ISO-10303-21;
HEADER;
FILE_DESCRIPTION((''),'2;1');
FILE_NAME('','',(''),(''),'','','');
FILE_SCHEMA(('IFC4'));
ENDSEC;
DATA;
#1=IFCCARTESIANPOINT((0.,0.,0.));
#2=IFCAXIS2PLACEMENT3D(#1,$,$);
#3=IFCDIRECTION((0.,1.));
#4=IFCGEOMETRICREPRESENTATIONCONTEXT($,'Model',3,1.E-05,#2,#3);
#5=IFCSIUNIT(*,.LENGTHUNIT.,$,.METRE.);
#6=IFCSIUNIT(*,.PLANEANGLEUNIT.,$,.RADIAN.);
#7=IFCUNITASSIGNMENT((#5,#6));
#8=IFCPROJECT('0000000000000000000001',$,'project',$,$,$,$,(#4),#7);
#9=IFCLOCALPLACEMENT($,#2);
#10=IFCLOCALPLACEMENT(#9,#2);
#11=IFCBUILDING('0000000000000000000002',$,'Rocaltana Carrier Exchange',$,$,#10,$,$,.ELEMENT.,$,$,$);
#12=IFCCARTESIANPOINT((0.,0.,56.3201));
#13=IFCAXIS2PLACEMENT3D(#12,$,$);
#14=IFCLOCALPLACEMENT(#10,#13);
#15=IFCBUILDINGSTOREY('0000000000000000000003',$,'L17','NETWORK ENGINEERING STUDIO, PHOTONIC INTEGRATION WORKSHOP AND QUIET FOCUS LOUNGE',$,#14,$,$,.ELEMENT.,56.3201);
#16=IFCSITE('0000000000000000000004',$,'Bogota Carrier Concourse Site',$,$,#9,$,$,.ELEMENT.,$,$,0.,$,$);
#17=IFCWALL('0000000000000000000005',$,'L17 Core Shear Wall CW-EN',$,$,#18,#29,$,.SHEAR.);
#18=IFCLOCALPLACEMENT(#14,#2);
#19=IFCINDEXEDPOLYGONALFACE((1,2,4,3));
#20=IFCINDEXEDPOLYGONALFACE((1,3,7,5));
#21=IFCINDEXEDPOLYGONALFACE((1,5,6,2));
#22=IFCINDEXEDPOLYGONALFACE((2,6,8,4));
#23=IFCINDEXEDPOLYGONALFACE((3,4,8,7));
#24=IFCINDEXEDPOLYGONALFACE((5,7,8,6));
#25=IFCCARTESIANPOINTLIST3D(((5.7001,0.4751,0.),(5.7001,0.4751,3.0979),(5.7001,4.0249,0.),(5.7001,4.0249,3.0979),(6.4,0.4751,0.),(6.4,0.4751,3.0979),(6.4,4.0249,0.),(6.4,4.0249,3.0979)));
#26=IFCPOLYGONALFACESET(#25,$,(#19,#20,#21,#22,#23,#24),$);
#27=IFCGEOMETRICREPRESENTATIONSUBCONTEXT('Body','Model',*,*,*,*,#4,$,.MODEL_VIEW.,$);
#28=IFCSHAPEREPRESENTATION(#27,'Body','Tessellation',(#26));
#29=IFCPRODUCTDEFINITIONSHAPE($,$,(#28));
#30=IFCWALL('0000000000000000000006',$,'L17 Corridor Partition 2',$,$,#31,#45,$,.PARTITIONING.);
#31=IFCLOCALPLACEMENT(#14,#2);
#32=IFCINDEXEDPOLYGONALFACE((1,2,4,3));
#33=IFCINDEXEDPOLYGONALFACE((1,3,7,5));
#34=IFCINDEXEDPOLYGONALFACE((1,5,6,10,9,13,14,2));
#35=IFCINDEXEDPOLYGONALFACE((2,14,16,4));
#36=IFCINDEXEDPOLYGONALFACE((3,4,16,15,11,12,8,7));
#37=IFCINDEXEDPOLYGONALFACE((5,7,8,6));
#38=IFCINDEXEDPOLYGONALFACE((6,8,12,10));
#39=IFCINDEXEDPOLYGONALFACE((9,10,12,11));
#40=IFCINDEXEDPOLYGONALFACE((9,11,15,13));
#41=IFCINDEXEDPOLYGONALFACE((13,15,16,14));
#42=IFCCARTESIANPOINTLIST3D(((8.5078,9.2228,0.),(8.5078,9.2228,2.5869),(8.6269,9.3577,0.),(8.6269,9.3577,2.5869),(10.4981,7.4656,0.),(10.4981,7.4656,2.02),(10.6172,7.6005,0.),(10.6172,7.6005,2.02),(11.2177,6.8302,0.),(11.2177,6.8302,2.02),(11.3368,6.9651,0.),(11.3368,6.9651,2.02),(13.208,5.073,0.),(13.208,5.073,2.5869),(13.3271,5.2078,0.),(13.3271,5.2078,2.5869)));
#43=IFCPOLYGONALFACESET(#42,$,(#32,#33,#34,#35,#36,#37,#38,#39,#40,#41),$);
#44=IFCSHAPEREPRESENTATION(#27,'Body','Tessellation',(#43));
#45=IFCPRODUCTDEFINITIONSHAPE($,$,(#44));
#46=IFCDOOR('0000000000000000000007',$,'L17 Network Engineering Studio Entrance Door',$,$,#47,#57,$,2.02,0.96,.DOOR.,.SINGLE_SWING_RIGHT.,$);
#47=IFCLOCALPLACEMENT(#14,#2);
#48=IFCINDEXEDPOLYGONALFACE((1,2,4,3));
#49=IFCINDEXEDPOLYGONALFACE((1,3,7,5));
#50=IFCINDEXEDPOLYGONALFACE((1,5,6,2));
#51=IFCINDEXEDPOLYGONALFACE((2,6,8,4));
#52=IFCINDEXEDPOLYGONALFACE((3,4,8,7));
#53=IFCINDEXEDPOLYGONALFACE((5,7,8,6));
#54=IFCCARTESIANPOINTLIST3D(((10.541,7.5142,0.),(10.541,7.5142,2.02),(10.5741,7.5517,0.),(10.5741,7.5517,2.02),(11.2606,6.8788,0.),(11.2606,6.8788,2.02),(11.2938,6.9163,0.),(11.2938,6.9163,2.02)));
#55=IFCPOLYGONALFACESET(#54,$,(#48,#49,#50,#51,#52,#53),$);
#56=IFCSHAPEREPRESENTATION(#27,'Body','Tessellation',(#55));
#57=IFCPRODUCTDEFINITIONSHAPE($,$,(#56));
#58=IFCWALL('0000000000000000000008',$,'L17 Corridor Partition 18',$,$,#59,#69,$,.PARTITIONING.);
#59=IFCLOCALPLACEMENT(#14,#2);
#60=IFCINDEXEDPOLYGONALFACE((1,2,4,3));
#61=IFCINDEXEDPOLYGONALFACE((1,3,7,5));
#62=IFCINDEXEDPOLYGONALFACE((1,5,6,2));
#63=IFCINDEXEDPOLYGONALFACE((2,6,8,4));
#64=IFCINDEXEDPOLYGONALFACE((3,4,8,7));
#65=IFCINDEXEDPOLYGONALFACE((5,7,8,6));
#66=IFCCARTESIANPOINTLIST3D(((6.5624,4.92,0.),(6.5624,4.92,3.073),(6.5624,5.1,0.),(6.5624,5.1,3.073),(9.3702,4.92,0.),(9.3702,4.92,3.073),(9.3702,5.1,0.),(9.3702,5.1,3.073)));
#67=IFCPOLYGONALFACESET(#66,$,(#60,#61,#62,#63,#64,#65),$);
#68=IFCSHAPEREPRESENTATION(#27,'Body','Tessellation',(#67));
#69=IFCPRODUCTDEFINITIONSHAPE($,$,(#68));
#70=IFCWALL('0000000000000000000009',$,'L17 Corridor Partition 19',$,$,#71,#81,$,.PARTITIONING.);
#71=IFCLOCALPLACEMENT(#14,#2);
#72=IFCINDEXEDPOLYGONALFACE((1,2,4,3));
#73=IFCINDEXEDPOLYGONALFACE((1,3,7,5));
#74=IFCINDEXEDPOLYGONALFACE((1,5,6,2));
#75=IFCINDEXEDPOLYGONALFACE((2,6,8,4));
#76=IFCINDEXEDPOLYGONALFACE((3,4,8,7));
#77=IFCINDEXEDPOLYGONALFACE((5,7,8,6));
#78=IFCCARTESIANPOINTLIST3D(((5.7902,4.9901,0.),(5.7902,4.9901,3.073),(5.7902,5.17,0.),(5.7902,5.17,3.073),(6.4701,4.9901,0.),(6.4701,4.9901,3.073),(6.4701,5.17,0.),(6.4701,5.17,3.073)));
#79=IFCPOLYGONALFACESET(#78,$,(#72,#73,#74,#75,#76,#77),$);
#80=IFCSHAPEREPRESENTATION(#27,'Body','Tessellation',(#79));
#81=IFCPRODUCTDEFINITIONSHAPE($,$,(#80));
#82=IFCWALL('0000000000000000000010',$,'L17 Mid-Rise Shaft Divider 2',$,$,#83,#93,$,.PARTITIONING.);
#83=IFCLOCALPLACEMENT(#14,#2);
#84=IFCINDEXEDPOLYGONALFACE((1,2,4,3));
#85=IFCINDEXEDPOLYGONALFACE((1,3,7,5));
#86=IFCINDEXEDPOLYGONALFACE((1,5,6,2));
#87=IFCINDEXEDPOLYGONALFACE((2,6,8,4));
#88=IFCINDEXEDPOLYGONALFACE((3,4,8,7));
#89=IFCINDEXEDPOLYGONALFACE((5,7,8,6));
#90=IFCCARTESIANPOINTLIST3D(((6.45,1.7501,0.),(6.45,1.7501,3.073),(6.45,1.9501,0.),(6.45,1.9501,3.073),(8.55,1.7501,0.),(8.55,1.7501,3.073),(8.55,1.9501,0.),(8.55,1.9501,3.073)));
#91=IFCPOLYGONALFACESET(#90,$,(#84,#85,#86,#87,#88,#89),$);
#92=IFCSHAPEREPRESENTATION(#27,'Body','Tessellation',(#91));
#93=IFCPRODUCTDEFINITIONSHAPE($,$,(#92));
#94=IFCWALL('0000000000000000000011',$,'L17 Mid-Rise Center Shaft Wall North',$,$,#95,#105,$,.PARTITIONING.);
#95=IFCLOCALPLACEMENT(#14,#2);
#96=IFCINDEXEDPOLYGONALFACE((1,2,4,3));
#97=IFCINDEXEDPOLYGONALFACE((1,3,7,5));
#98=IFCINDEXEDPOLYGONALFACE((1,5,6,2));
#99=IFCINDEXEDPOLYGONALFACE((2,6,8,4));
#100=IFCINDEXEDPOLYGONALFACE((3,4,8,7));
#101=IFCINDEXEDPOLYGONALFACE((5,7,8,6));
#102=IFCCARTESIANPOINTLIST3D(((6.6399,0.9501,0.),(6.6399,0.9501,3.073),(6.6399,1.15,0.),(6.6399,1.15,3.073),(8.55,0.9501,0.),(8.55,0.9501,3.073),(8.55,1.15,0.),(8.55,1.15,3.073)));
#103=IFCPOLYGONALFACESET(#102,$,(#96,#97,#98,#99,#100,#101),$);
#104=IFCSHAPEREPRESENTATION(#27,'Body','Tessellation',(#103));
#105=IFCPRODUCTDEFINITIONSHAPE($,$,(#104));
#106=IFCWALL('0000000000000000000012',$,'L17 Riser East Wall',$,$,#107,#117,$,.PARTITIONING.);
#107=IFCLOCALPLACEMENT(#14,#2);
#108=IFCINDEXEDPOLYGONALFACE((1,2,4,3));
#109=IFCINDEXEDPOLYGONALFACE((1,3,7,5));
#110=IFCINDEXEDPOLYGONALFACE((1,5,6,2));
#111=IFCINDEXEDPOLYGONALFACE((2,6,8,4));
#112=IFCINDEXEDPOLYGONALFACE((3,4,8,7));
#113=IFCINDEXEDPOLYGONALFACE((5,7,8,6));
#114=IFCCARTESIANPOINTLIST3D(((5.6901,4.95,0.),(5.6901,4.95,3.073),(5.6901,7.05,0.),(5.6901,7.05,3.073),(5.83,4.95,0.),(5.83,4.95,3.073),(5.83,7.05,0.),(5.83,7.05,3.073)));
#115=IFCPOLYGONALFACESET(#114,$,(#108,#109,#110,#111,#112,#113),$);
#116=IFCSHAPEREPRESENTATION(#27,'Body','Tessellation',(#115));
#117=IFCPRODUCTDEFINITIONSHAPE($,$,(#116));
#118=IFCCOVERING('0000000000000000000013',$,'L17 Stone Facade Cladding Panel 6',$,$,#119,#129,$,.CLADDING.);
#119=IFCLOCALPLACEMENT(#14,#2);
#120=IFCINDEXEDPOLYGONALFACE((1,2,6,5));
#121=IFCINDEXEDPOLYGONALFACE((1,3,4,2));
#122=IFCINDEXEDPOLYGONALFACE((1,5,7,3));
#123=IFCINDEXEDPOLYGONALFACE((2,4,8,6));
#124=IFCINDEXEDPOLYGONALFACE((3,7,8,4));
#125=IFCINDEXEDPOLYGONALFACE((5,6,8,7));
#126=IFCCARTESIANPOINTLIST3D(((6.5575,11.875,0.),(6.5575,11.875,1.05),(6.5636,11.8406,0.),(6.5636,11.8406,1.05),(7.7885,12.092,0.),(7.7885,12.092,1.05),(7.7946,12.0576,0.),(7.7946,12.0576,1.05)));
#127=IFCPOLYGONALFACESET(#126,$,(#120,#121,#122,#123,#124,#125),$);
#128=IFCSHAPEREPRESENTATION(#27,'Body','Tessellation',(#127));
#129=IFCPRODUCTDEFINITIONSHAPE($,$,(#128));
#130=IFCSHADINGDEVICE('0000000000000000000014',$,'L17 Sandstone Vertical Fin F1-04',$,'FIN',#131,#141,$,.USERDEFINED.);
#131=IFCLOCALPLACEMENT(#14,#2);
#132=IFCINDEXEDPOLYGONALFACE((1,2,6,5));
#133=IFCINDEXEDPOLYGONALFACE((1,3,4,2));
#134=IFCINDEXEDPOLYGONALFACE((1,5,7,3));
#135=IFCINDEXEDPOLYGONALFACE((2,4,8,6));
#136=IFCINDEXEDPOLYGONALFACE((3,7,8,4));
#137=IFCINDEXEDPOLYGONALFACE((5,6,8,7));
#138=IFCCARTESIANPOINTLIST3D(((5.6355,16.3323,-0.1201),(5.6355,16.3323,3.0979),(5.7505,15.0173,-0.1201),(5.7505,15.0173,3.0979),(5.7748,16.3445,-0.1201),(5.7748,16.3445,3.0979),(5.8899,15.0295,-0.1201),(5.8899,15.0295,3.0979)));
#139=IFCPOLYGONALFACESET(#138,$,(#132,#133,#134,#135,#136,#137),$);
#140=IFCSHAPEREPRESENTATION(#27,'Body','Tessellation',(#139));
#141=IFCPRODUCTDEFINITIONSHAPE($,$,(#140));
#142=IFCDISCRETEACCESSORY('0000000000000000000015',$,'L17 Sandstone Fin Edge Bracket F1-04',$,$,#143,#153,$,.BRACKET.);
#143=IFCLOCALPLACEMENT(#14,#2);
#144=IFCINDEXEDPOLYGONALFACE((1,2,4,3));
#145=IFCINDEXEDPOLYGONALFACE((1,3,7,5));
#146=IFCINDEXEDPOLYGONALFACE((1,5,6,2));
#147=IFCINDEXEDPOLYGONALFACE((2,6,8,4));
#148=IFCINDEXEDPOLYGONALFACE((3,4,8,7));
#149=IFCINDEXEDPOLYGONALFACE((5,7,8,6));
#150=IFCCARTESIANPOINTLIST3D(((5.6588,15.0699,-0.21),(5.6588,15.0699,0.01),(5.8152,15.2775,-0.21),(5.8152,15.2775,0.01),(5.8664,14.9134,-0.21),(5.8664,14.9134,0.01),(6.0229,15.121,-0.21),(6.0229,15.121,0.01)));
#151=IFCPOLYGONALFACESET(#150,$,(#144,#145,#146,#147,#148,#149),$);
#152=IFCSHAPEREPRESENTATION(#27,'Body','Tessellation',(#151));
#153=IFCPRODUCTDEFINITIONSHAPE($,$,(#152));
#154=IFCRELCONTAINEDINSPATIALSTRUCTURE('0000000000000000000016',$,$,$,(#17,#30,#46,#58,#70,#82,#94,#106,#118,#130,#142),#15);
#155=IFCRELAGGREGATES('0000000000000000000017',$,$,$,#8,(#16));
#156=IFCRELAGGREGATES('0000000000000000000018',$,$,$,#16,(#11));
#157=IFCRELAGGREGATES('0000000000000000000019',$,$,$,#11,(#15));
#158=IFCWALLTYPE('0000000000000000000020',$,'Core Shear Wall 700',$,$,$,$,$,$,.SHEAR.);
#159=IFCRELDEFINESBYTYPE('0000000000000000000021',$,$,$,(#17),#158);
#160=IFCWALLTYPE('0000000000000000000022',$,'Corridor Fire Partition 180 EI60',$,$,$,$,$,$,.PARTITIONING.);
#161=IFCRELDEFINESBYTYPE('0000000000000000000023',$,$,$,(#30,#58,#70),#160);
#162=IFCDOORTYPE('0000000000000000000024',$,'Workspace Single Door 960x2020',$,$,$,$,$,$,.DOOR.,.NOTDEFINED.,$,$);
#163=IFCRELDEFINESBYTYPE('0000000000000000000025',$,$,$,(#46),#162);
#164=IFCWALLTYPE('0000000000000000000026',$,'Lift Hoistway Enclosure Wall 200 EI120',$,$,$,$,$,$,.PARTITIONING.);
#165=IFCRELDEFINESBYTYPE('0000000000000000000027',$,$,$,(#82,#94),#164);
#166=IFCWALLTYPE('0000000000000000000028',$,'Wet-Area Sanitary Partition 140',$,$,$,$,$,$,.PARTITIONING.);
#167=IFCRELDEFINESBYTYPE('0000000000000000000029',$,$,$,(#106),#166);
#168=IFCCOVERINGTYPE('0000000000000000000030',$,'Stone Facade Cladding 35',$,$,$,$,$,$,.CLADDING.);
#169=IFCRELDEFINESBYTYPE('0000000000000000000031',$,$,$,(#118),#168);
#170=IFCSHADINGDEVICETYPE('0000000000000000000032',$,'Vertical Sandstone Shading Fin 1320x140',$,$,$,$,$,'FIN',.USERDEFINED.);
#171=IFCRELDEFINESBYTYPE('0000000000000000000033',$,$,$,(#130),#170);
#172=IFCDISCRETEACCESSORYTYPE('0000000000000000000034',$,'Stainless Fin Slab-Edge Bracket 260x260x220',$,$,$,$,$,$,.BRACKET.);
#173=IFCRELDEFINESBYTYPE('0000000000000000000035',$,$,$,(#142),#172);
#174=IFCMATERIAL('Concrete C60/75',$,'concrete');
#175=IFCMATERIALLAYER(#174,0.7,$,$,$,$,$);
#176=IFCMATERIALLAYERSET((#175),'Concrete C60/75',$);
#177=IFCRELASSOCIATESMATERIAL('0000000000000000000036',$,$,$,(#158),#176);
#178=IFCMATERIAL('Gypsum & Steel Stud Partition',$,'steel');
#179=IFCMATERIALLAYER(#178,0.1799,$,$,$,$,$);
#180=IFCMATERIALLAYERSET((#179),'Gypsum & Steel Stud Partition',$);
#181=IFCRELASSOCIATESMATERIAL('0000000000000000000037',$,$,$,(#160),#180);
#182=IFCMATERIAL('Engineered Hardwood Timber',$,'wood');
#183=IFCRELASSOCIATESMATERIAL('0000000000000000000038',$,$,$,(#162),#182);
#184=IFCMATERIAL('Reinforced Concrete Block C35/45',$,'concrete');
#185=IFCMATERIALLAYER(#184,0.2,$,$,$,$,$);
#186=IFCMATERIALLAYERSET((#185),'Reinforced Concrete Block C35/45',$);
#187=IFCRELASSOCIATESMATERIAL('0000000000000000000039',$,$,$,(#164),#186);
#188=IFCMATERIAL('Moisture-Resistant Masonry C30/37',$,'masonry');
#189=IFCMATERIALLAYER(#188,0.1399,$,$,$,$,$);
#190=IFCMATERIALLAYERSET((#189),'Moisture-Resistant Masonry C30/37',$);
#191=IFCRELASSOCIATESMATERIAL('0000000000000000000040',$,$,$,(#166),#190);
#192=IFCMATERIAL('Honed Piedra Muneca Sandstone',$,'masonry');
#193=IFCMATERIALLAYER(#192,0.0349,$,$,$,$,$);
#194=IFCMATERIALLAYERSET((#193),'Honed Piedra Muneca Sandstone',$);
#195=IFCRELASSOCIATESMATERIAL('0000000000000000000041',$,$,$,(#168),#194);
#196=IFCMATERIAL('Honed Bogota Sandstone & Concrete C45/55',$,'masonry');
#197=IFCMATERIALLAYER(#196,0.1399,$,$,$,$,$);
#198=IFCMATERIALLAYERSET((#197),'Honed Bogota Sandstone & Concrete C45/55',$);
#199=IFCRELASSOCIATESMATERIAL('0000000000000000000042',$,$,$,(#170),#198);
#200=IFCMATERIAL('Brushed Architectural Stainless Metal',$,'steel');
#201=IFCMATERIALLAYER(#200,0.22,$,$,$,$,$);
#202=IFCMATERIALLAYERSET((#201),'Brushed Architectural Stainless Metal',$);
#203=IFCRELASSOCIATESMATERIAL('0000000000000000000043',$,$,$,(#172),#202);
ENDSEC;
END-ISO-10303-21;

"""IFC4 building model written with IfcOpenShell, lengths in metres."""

from ifc_helpers import new_model, si_unit, direction, frame, frame_2d, origin, origin_2d, place, context, subcontext, project, spatial, rectangle, extrude, material, layer, layer_set, type_object, element, fill, save


model = new_model("IFC4")

# Units and contexts
model_context = context("Model", 3, precision=1e-05, world=origin(), true_north=direction((0.0, 1.0)))
body_context = subcontext(model_context, "Body", "Model", "MODEL_VIEW")
ifc_project = project(units=[si_unit("LENGTHUNIT", "METRE"), si_unit("PLANEANGLEUNIT", "RADIAN")], contexts=[model_context])

# Site, building, storey
site_placement = place(None, origin())
site = spatial("IfcSite", under=ifc_project, at=site_placement, Name="Bogota Carrier Concourse Site", CompositionType="ELEMENT", RefElevation=0.0)
building_placement = place(site_placement, origin())
building = spatial("IfcBuilding", under=site, at=building_placement, Name="Rocaltana Carrier Exchange", CompositionType="ELEMENT")
storey_placement = place(building_placement, frame((0.0, 0.0, 56.3201)))
storey = spatial("IfcBuildingStorey", under=building, at=storey_placement, Name="L17", Description="NETWORK ENGINEERING STUDIO, PHOTONIC INTEGRATION WORKSHOP AND QUIET FOCUS LOUNGE", CompositionType="ELEMENT", Elevation=56.3201)

# Wall
ifc_material_1 = material(Name="Concrete C60/75", Category="concrete")
ifc_layer_1 = layer(ifc_material_1, 0.7)
ifc_layer_set_1 = layer_set([ifc_layer_1], Name="Concrete C60/75")
wall_type_1 = type_object("IfcWallType", Name="Core Shear Wall 700", PredefinedType="SHEAR", material=ifc_layer_set_1)
wall_1_placement = place(storey_placement, frame((6.05, 0.4751, 0.0), z_axis=(0.0, 0.0, 1.0), x_axis=(0.0, 1.0, 0.0)))
element("IfcWall", 1, at=wall_1_placement, inside=storey, type_object=wall_type_1, Name="L17 Core Shear Wall CW-EN", PredefinedType="SHEAR", context=body_context, shape_type="SweptSolid", body=[
    extrude(rectangle(XDim=3.5498, YDim=0.7, at=frame_2d((1.7749, 0.0))), origin(), (0.0, 0.0, 1.0), 3.0979),
])

# Wall, opening, door
ifc_material_2 = material(Name="Gypsum & Steel Stud Partition", Category="steel")
ifc_layer_2 = layer(ifc_material_2, 0.1799)
ifc_layer_set_2 = layer_set([ifc_layer_2], Name="Gypsum & Steel Stud Partition")
wall_type_2 = type_object("IfcWallType", Name="Corridor Fire Partition 180 EI60", PredefinedType="PARTITIONING", material=ifc_layer_set_2)
wall_2_placement = place(storey_placement, frame((8.5674, 9.2903, 0.0), z_axis=(0.0, 0.0, 1.0), x_axis=(0.749626, -0.661861, 0.0)))
wall_2 = element("IfcWall", 2, at=wall_2_placement, inside=storey, type_object=wall_type_2, Name="L17 Corridor Partition 2", PredefinedType="PARTITIONING", context=body_context, shape_type="SweptSolid", body=[
    extrude(rectangle(XDim=6.27, YDim=0.1799, at=frame_2d((3.135, 0.0))), origin(), (0.0, 0.0, 1.0), 2.5869),
])
opening_placement = place(wall_2_placement, frame((2.655, 0.0, 0.0)))
opening = element("IfcOpeningElement", 3, at=opening_placement, cuts=wall_2, PredefinedType="OPENING", context=body_context, shape_type="SweptSolid", body=[
    extrude(rectangle(XDim=0.96, YDim=2.02, at=frame_2d((0.48, 1.01))), frame((0.0, 0.0999, 0.0), z_axis=(0.0, -1.0, 0.0), x_axis=(1.0, 0.0, 0.0)), (0.0, 0.0, 1.0), 0.2),
])
ifc_material_3 = material(Name="Engineered Hardwood Timber", Category="wood")
door_type = type_object("IfcDoorType", Name="Workspace Single Door 960x2020", OperationType="NOTDEFINED", PredefinedType="DOOR", material=ifc_material_3)
door_placement = place(opening_placement, origin())
door = element("IfcDoor", 4, at=door_placement, inside=storey, type_object=door_type, Name="L17 Network Engineering Studio Entrance Door", OperationType="SINGLE_SWING_RIGHT", OverallHeight=2.02, OverallWidth=0.96, PredefinedType="DOOR", context=body_context, shape_type="SweptSolid", body=[
    extrude(rectangle(XDim=0.96, YDim=2.02, at=frame_2d((0.48, 1.01))), frame((0.0, 0.0249, 0.0), z_axis=(0.0, -1.0, 0.0), x_axis=(1.0, 0.0, 0.0)), (0.0, 0.0, 1.0), 0.05),
])
fill(opening, door)

# Walls
wall_3_placement = place(storey_placement, frame((9.3701, 5.01, 0.0), z_axis=(0.0, 0.0, 1.0), x_axis=(-1.0, 0.0, 0.0)))
element("IfcWall", 5, at=wall_3_placement, inside=storey, type_object=wall_type_2, Name="L17 Corridor Partition 18", PredefinedType="PARTITIONING", context=body_context, shape_type="SweptSolid", body=[
    extrude(rectangle(XDim=2.8079, YDim=0.1799, at=frame_2d((1.4038, 0.0))), origin(), (0.0, 0.0, 1.0), 3.073),
])
wall_4_placement = place(storey_placement, frame((6.47, 5.0801, 0.0), z_axis=(0.0, 0.0, 1.0), x_axis=(-1.0, 0.0, 0.0)))
element("IfcWall", 6, at=wall_4_placement, inside=storey, type_object=wall_type_2, Name="L17 Corridor Partition 19", PredefinedType="PARTITIONING", context=body_context, shape_type="SweptSolid", body=[
    extrude(rectangle(XDim=0.6799, YDim=0.1799, at=frame_2d((0.3398, 0.0))), origin(), (0.0, 0.0, 1.0), 3.073),
])
ifc_material_4 = material(Name="Reinforced Concrete Block C35/45", Category="concrete")
ifc_layer_3 = layer(ifc_material_4, 0.2)
ifc_layer_set_3 = layer_set([ifc_layer_3], Name="Reinforced Concrete Block C35/45")
wall_type_3 = type_object("IfcWallType", Name="Lift Hoistway Enclosure Wall 200 EI120", PredefinedType="PARTITIONING", material=ifc_layer_set_3)
wall_5_placement = place(storey_placement, frame((6.45, 1.8501, 0.0), z_axis=(0.0, 0.0, 1.0), x_axis=(1.0, 0.0, 0.0)))
element("IfcWall", 7, at=wall_5_placement, inside=storey, type_object=wall_type_3, Name="L17 Mid-Rise Shaft Divider 2", PredefinedType="PARTITIONING", context=body_context, shape_type="SweptSolid", body=[
    extrude(rectangle(XDim=2.1001, YDim=0.2, at=frame_2d((1.05, 0.0))), origin(), (0.0, 0.0, 1.0), 3.073),
])
wall_6_placement = place(storey_placement, frame((6.6399, 1.05, 0.0), z_axis=(0.0, 0.0, 1.0), x_axis=(1.0, 0.0, 0.0)))
element("IfcWall", 8, at=wall_6_placement, inside=storey, type_object=wall_type_3, Name="L17 Mid-Rise Center Shaft Wall North", PredefinedType="PARTITIONING", context=body_context, shape_type="SweptSolid", body=[
    extrude(rectangle(XDim=1.9102, YDim=0.2, at=frame_2d((0.9551, 0.0))), origin(), (0.0, 0.0, 1.0), 3.073),
])
ifc_material_5 = material(Name="Moisture-Resistant Masonry C30/37", Category="masonry")
ifc_layer_4 = layer(ifc_material_5, 0.1399)
ifc_layer_set_4 = layer_set([ifc_layer_4], Name="Moisture-Resistant Masonry C30/37")
wall_type_4 = type_object("IfcWallType", Name="Wet-Area Sanitary Partition 140", PredefinedType="PARTITIONING", material=ifc_layer_set_4)
wall_7_placement = place(storey_placement, frame((5.76, 4.95, 0.0), z_axis=(0.0, 0.0, 1.0), x_axis=(0.0, 1.0, 0.0)))
element("IfcWall", 9, at=wall_7_placement, inside=storey, type_object=wall_type_4, Name="L17 Riser East Wall", PredefinedType="PARTITIONING", context=body_context, shape_type="SweptSolid", body=[
    extrude(rectangle(XDim=2.1001, YDim=0.1399, at=frame_2d((1.05, 0.0))), origin(), (0.0, 0.0, 1.0), 3.073),
])

# Covering
ifc_material_6 = material(Name="Honed Piedra Muneca Sandstone", Category="masonry")
ifc_layer_5 = layer(ifc_material_6, 0.0349)
ifc_layer_set_5 = layer_set([ifc_layer_5], Name="Honed Piedra Muneca Sandstone")
covering_type = type_object("IfcCoveringType", Name="Stone Facade Cladding 35", PredefinedType="CLADDING", material=ifc_layer_set_5)
covering_placement = place(storey_placement, frame((7.176, 11.9663, 0.0), z_axis=(0.0, 0.0, 1.0), x_axis=(0.984808, 0.173648, 0.0)))
element("IfcCovering", 10, at=covering_placement, inside=storey, type_object=covering_type, Name="L17 Stone Facade Cladding Panel 6", PredefinedType="CLADDING", context=body_context, shape_type="SweptSolid", body=[
    extrude(rectangle(XDim=1.25, YDim=0.0349, at=origin_2d()), origin(), (0.0, 0.0, 1.0), 1.05),
])

# Shading device
ifc_material_7 = material(Name="Honed Bogota Sandstone & Concrete C45/55", Category="masonry")
ifc_layer_6 = layer(ifc_material_7, 0.1399)
ifc_layer_set_6 = layer_set([ifc_layer_6], Name="Honed Bogota Sandstone & Concrete C45/55")
shading_device_type = type_object("IfcShadingDeviceType", Name="Vertical Sandstone Shading Fin 1320x140", ElementType="FIN", PredefinedType="USERDEFINED", material=ifc_layer_set_6)
shading_device_placement = place(storey_placement, frame((5.7627, 15.6809, -0.1201), z_axis=(0.0, 0.0, 1.0), x_axis=(-0.087156, 0.996195, 0.0)))
element("IfcShadingDevice", 11, at=shading_device_placement, inside=storey, type_object=shading_device_type, Name="L17 Sandstone Vertical Fin F1-04", ObjectType="FIN", PredefinedType="USERDEFINED", context=body_context, shape_type="SweptSolid", body=[
    extrude(rectangle(XDim=1.3201, YDim=0.1399, at=origin_2d()), origin(), (0.0, 0.0, 1.0), 3.218),
])

# Discrete accessory
ifc_material_8 = material(Name="Brushed Architectural Stainless Metal", Category="steel")
ifc_layer_7 = layer(ifc_material_8, 0.22)
ifc_layer_set_7 = layer_set([ifc_layer_7], Name="Brushed Architectural Stainless Metal")
discrete_accessory_type = type_object("IfcDiscreteAccessoryType", Name="Stainless Fin Slab-Edge Bracket 260x260x220", PredefinedType="BRACKET", material=ifc_layer_set_7)
discrete_accessory_placement = place(storey_placement, frame((5.8408, 15.0955, -0.21), z_axis=(0.0, 0.0, 1.0), x_axis=(-0.798636, 0.601815, 0.0)))
element("IfcDiscreteAccessory", 12, at=discrete_accessory_placement, inside=storey, type_object=discrete_accessory_type, Name="L17 Sandstone Fin Edge Bracket F1-04", PredefinedType="BRACKET", context=body_context, shape_type="SweptSolid", body=[
    extrude(rectangle(XDim=0.26, YDim=0.26, at=origin_2d()), origin(), (0.0, 0.0, 1.0), 0.22),
])

save(model, "model.ifc")
